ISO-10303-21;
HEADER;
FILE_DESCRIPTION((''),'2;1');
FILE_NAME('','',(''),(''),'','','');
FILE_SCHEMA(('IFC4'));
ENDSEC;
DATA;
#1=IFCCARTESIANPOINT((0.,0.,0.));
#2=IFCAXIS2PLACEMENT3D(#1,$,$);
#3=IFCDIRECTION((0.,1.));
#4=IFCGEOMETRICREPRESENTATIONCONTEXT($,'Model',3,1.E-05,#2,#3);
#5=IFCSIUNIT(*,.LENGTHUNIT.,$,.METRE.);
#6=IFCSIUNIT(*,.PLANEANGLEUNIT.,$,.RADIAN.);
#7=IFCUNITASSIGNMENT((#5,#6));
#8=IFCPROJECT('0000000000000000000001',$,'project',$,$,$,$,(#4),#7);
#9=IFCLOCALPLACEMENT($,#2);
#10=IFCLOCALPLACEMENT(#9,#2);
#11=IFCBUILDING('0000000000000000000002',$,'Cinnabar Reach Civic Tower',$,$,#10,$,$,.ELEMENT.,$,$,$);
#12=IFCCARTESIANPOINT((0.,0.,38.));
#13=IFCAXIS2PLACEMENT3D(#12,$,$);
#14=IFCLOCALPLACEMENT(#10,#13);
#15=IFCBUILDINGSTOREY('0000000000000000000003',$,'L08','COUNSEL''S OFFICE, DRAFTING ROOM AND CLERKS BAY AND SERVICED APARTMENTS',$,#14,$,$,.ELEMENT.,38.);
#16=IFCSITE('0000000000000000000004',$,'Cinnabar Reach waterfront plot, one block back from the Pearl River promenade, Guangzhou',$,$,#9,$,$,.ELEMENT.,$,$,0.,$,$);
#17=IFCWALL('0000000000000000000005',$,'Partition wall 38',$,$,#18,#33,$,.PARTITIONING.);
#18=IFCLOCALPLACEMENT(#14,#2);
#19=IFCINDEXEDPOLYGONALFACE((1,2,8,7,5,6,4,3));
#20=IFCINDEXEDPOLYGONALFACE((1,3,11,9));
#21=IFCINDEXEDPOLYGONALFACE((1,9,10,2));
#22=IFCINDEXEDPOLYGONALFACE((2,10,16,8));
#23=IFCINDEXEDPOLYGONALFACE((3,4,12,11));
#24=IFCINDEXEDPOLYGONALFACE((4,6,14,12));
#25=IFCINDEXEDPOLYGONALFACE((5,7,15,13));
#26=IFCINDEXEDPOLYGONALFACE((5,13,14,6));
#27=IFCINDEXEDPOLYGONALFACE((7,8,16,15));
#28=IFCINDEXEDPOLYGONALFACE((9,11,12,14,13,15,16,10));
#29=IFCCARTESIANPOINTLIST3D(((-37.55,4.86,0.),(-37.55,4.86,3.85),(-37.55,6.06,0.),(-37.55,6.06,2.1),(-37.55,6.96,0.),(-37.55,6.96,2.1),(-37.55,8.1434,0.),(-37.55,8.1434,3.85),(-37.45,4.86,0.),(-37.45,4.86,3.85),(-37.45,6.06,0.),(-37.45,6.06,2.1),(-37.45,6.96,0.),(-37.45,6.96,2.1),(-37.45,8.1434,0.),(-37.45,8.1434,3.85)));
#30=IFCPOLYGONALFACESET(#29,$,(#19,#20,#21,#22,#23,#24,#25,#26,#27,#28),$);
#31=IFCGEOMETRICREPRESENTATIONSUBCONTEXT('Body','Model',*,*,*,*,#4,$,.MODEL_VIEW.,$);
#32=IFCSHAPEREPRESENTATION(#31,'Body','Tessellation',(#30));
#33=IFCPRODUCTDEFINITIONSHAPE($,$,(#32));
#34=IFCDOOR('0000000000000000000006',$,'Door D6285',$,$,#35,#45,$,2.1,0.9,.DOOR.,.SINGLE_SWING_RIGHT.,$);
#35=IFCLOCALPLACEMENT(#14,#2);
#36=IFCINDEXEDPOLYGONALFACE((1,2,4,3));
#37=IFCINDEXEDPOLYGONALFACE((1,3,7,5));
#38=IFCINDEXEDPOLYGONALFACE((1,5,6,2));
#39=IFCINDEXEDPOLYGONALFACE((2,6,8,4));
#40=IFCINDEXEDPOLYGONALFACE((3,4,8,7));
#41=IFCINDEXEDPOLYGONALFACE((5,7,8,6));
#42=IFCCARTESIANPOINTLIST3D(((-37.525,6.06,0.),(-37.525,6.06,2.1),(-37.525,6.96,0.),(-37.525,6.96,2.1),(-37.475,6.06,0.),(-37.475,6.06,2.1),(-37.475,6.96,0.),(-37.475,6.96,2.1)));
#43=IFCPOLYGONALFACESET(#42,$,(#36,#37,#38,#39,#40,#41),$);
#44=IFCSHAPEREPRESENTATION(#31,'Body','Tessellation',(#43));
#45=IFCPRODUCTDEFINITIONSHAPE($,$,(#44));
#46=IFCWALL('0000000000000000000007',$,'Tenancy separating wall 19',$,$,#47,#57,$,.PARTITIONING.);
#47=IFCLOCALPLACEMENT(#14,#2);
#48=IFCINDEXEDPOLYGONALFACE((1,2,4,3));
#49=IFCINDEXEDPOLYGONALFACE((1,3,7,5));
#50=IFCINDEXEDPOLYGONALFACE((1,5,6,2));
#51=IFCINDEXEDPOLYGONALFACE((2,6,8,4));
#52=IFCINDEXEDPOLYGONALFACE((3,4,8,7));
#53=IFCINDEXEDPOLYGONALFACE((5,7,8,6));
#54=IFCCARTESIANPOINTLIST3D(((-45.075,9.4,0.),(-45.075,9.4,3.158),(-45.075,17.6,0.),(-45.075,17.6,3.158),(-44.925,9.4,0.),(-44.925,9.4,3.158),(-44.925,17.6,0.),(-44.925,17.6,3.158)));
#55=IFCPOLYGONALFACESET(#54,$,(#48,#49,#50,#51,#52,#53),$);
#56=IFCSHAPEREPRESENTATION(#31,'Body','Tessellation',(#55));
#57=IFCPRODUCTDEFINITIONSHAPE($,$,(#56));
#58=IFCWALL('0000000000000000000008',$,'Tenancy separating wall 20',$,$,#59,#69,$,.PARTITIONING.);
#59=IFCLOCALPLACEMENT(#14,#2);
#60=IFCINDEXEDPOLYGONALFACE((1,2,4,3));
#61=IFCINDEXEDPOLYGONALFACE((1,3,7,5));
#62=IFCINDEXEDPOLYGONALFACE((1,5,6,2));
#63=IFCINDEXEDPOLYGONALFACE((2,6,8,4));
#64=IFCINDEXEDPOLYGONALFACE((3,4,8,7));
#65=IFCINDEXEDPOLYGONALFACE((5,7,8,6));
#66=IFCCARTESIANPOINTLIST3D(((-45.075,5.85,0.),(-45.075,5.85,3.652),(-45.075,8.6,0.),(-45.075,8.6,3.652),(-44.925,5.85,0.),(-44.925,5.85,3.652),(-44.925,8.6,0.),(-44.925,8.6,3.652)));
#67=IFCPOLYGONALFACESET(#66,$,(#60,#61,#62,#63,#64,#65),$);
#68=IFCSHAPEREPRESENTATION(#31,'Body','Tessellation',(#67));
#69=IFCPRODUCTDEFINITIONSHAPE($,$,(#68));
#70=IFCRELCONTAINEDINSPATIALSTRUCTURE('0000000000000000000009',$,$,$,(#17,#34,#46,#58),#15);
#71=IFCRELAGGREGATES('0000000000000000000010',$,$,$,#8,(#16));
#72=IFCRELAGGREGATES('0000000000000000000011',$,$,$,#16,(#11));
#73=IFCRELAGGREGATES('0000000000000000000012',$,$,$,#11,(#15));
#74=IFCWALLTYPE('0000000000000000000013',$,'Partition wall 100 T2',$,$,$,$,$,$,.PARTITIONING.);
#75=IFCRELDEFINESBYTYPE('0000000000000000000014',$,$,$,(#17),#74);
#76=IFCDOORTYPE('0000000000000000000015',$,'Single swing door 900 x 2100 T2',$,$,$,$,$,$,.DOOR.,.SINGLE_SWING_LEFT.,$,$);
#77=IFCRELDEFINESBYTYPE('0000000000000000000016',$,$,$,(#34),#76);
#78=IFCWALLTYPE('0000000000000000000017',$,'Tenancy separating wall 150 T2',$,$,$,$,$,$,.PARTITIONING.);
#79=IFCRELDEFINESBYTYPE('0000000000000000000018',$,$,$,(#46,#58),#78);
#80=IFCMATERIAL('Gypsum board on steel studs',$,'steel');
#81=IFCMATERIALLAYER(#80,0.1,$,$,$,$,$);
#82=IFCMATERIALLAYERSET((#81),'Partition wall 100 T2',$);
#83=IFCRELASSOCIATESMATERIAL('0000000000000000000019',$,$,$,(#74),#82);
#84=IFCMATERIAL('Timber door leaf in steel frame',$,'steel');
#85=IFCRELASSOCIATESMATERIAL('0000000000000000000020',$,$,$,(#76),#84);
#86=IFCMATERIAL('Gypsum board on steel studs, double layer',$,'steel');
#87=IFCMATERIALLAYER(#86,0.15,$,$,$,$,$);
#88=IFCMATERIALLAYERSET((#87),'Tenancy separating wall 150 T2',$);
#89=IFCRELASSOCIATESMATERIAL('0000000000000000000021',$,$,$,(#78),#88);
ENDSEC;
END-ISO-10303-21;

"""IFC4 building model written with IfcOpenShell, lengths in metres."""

from ifc_helpers import new_model, si_unit, direction, frame, frame_2d, origin, place, context, subcontext, project, spatial, rectangle, extrude, material, layer, layer_set, type_object, element, fill, save


model = new_model("IFC4")

# Units and contexts
model_context = context("Model", 3, precision=1e-05, world=origin(), true_north=direction((0.0, 1.0)))
body_context = subcontext(model_context, "Body", "Model", "MODEL_VIEW")
ifc_project = project(units=[si_unit("LENGTHUNIT", "METRE"), si_unit("PLANEANGLEUNIT", "RADIAN")], contexts=[model_context])

# Site, building, storey
site_placement = place(None, origin())
site = spatial("IfcSite", under=ifc_project, at=site_placement, Name="Cinnabar Reach waterfront plot, one block back from the Pearl River promenade, Guangzhou", CompositionType="ELEMENT", RefElevation=0.0)
building_placement = place(site_placement, origin())
building = spatial("IfcBuilding", under=site, at=building_placement, Name="Cinnabar Reach Civic Tower", CompositionType="ELEMENT")
storey_placement = place(building_placement, frame((0.0, 0.0, 38.0)))
storey = spatial("IfcBuildingStorey", under=building, at=storey_placement, Name="L08", Description="COUNSEL'S OFFICE, DRAFTING ROOM AND CLERKS BAY AND SERVICED APARTMENTS", CompositionType="ELEMENT", Elevation=38.0)

# Shared definitions
ifc_material_1 = material(Name="Gypsum board on steel studs", Category="steel")
ifc_layer_1 = layer(ifc_material_1, 0.1)
ifc_layer_set_1 = layer_set([ifc_layer_1], Name="Partition wall 100 T2")
wall_type_1 = type_object("IfcWallType", Name="Partition wall 100 T2", PredefinedType="PARTITIONING", material=ifc_layer_set_1)
ifc_material_2 = material(Name="Timber door leaf in steel frame", Category="steel")
door_type = type_object("IfcDoorType", Name="Single swing door 900 x 2100 T2", OperationType="SINGLE_SWING_LEFT", PredefinedType="DOOR", material=ifc_material_2)

# Wall, opening, door
wall_1_placement = place(storey_placement, frame((-37.5, 4.86, 0.0), z_axis=(0.0, 0.0, 1.0), x_axis=(0.0, 1.0, 0.0)))
wall_1 = element("IfcWall", 1, at=wall_1_placement, inside=storey, type_object=wall_type_1, Name="Partition wall 38", PredefinedType="PARTITIONING", context=body_context, shape_type="SweptSolid", body=[
    extrude(rectangle(XDim=3.2833, YDim=0.1, at=frame_2d((1.6417, 0.0))), origin(), (0.0, 0.0, 1.0), 3.85),
])
opening_1_placement = place(wall_1_placement, frame((1.2, 0.0, 0.0)))
opening_1 = element("IfcOpeningElement", 2, at=opening_1_placement, cuts=wall_1, PredefinedType="OPENING", context=body_context, shape_type="SweptSolid", body=[
    extrude(rectangle(XDim=0.9, YDim=2.1, at=frame_2d((0.45, 1.05))), frame((0.0, 0.06, 0.0), z_axis=(0.0, -1.0, 0.0), x_axis=(1.0, 0.0, 0.0)), (0.0, 0.0, 1.0), 0.12),
])
door_1_placement = place(opening_1_placement, frame((0.9, 0.0, 0.0), z_axis=(0.0, 0.0, 1.0), x_axis=(-1.0, 0.0, 0.0)))
door_1 = element("IfcDoor", 3, at=door_1_placement, inside=storey, type_object=door_type, Name="Door D6285", OperationType="SINGLE_SWING_RIGHT", OverallHeight=2.1, OverallWidth=0.9, PredefinedType="DOOR", context=body_context, shape_type="SweptSolid", body=[
    extrude(rectangle(XDim=0.9, YDim=2.1, at=frame_2d((0.45, 1.05))), frame((0.0, 0.025, 0.0), z_axis=(0.0, -1.0, 0.0), x_axis=(1.0, 0.0, 0.0)), (0.0, 0.0, 1.0), 0.05),
])
fill(opening_1, door_1)

# Walls
ifc_material_3 = material(Name="Gypsum board on steel studs, double layer", Category="steel")
ifc_layer_2 = layer(ifc_material_3, 0.15)
ifc_layer_set_2 = layer_set([ifc_layer_2], Name="Tenancy separating wall 150 T2")
wall_type_2 = type_object("IfcWallType", Name="Tenancy separating wall 150 T2", PredefinedType="PARTITIONING", material=ifc_layer_set_2)
wall_2_placement = place(storey_placement, frame((-45.0, 9.4, 0.0), z_axis=(0.0, 0.0, 1.0), x_axis=(0.0, 1.0, 0.0)))
element("IfcWall", 4, at=wall_2_placement, inside=storey, type_object=wall_type_2, Name="Tenancy separating wall 19", PredefinedType="PARTITIONING", context=body_context, shape_type="SweptSolid", body=[
    extrude(rectangle(XDim=8.2, YDim=0.15, at=frame_2d((4.1, 0.0))), origin(), (0.0, 0.0, 1.0), 3.158),
])
wall_3_placement = place(storey_placement, frame((-45.0, 5.85, 0.0), z_axis=(0.0, 0.0, 1.0), x_axis=(0.0, 1.0, 0.0)))
element("IfcWall", 5, at=wall_3_placement, inside=storey, type_object=wall_type_2, Name="Tenancy separating wall 20", PredefinedType="PARTITIONING", context=body_context, shape_type="SweptSolid", body=[
    extrude(rectangle(XDim=2.75, YDim=0.15, at=frame_2d((1.375, 0.0))), origin(), (0.0, 0.0, 1.0), 3.652),
])

save(model, "model.ifc")
